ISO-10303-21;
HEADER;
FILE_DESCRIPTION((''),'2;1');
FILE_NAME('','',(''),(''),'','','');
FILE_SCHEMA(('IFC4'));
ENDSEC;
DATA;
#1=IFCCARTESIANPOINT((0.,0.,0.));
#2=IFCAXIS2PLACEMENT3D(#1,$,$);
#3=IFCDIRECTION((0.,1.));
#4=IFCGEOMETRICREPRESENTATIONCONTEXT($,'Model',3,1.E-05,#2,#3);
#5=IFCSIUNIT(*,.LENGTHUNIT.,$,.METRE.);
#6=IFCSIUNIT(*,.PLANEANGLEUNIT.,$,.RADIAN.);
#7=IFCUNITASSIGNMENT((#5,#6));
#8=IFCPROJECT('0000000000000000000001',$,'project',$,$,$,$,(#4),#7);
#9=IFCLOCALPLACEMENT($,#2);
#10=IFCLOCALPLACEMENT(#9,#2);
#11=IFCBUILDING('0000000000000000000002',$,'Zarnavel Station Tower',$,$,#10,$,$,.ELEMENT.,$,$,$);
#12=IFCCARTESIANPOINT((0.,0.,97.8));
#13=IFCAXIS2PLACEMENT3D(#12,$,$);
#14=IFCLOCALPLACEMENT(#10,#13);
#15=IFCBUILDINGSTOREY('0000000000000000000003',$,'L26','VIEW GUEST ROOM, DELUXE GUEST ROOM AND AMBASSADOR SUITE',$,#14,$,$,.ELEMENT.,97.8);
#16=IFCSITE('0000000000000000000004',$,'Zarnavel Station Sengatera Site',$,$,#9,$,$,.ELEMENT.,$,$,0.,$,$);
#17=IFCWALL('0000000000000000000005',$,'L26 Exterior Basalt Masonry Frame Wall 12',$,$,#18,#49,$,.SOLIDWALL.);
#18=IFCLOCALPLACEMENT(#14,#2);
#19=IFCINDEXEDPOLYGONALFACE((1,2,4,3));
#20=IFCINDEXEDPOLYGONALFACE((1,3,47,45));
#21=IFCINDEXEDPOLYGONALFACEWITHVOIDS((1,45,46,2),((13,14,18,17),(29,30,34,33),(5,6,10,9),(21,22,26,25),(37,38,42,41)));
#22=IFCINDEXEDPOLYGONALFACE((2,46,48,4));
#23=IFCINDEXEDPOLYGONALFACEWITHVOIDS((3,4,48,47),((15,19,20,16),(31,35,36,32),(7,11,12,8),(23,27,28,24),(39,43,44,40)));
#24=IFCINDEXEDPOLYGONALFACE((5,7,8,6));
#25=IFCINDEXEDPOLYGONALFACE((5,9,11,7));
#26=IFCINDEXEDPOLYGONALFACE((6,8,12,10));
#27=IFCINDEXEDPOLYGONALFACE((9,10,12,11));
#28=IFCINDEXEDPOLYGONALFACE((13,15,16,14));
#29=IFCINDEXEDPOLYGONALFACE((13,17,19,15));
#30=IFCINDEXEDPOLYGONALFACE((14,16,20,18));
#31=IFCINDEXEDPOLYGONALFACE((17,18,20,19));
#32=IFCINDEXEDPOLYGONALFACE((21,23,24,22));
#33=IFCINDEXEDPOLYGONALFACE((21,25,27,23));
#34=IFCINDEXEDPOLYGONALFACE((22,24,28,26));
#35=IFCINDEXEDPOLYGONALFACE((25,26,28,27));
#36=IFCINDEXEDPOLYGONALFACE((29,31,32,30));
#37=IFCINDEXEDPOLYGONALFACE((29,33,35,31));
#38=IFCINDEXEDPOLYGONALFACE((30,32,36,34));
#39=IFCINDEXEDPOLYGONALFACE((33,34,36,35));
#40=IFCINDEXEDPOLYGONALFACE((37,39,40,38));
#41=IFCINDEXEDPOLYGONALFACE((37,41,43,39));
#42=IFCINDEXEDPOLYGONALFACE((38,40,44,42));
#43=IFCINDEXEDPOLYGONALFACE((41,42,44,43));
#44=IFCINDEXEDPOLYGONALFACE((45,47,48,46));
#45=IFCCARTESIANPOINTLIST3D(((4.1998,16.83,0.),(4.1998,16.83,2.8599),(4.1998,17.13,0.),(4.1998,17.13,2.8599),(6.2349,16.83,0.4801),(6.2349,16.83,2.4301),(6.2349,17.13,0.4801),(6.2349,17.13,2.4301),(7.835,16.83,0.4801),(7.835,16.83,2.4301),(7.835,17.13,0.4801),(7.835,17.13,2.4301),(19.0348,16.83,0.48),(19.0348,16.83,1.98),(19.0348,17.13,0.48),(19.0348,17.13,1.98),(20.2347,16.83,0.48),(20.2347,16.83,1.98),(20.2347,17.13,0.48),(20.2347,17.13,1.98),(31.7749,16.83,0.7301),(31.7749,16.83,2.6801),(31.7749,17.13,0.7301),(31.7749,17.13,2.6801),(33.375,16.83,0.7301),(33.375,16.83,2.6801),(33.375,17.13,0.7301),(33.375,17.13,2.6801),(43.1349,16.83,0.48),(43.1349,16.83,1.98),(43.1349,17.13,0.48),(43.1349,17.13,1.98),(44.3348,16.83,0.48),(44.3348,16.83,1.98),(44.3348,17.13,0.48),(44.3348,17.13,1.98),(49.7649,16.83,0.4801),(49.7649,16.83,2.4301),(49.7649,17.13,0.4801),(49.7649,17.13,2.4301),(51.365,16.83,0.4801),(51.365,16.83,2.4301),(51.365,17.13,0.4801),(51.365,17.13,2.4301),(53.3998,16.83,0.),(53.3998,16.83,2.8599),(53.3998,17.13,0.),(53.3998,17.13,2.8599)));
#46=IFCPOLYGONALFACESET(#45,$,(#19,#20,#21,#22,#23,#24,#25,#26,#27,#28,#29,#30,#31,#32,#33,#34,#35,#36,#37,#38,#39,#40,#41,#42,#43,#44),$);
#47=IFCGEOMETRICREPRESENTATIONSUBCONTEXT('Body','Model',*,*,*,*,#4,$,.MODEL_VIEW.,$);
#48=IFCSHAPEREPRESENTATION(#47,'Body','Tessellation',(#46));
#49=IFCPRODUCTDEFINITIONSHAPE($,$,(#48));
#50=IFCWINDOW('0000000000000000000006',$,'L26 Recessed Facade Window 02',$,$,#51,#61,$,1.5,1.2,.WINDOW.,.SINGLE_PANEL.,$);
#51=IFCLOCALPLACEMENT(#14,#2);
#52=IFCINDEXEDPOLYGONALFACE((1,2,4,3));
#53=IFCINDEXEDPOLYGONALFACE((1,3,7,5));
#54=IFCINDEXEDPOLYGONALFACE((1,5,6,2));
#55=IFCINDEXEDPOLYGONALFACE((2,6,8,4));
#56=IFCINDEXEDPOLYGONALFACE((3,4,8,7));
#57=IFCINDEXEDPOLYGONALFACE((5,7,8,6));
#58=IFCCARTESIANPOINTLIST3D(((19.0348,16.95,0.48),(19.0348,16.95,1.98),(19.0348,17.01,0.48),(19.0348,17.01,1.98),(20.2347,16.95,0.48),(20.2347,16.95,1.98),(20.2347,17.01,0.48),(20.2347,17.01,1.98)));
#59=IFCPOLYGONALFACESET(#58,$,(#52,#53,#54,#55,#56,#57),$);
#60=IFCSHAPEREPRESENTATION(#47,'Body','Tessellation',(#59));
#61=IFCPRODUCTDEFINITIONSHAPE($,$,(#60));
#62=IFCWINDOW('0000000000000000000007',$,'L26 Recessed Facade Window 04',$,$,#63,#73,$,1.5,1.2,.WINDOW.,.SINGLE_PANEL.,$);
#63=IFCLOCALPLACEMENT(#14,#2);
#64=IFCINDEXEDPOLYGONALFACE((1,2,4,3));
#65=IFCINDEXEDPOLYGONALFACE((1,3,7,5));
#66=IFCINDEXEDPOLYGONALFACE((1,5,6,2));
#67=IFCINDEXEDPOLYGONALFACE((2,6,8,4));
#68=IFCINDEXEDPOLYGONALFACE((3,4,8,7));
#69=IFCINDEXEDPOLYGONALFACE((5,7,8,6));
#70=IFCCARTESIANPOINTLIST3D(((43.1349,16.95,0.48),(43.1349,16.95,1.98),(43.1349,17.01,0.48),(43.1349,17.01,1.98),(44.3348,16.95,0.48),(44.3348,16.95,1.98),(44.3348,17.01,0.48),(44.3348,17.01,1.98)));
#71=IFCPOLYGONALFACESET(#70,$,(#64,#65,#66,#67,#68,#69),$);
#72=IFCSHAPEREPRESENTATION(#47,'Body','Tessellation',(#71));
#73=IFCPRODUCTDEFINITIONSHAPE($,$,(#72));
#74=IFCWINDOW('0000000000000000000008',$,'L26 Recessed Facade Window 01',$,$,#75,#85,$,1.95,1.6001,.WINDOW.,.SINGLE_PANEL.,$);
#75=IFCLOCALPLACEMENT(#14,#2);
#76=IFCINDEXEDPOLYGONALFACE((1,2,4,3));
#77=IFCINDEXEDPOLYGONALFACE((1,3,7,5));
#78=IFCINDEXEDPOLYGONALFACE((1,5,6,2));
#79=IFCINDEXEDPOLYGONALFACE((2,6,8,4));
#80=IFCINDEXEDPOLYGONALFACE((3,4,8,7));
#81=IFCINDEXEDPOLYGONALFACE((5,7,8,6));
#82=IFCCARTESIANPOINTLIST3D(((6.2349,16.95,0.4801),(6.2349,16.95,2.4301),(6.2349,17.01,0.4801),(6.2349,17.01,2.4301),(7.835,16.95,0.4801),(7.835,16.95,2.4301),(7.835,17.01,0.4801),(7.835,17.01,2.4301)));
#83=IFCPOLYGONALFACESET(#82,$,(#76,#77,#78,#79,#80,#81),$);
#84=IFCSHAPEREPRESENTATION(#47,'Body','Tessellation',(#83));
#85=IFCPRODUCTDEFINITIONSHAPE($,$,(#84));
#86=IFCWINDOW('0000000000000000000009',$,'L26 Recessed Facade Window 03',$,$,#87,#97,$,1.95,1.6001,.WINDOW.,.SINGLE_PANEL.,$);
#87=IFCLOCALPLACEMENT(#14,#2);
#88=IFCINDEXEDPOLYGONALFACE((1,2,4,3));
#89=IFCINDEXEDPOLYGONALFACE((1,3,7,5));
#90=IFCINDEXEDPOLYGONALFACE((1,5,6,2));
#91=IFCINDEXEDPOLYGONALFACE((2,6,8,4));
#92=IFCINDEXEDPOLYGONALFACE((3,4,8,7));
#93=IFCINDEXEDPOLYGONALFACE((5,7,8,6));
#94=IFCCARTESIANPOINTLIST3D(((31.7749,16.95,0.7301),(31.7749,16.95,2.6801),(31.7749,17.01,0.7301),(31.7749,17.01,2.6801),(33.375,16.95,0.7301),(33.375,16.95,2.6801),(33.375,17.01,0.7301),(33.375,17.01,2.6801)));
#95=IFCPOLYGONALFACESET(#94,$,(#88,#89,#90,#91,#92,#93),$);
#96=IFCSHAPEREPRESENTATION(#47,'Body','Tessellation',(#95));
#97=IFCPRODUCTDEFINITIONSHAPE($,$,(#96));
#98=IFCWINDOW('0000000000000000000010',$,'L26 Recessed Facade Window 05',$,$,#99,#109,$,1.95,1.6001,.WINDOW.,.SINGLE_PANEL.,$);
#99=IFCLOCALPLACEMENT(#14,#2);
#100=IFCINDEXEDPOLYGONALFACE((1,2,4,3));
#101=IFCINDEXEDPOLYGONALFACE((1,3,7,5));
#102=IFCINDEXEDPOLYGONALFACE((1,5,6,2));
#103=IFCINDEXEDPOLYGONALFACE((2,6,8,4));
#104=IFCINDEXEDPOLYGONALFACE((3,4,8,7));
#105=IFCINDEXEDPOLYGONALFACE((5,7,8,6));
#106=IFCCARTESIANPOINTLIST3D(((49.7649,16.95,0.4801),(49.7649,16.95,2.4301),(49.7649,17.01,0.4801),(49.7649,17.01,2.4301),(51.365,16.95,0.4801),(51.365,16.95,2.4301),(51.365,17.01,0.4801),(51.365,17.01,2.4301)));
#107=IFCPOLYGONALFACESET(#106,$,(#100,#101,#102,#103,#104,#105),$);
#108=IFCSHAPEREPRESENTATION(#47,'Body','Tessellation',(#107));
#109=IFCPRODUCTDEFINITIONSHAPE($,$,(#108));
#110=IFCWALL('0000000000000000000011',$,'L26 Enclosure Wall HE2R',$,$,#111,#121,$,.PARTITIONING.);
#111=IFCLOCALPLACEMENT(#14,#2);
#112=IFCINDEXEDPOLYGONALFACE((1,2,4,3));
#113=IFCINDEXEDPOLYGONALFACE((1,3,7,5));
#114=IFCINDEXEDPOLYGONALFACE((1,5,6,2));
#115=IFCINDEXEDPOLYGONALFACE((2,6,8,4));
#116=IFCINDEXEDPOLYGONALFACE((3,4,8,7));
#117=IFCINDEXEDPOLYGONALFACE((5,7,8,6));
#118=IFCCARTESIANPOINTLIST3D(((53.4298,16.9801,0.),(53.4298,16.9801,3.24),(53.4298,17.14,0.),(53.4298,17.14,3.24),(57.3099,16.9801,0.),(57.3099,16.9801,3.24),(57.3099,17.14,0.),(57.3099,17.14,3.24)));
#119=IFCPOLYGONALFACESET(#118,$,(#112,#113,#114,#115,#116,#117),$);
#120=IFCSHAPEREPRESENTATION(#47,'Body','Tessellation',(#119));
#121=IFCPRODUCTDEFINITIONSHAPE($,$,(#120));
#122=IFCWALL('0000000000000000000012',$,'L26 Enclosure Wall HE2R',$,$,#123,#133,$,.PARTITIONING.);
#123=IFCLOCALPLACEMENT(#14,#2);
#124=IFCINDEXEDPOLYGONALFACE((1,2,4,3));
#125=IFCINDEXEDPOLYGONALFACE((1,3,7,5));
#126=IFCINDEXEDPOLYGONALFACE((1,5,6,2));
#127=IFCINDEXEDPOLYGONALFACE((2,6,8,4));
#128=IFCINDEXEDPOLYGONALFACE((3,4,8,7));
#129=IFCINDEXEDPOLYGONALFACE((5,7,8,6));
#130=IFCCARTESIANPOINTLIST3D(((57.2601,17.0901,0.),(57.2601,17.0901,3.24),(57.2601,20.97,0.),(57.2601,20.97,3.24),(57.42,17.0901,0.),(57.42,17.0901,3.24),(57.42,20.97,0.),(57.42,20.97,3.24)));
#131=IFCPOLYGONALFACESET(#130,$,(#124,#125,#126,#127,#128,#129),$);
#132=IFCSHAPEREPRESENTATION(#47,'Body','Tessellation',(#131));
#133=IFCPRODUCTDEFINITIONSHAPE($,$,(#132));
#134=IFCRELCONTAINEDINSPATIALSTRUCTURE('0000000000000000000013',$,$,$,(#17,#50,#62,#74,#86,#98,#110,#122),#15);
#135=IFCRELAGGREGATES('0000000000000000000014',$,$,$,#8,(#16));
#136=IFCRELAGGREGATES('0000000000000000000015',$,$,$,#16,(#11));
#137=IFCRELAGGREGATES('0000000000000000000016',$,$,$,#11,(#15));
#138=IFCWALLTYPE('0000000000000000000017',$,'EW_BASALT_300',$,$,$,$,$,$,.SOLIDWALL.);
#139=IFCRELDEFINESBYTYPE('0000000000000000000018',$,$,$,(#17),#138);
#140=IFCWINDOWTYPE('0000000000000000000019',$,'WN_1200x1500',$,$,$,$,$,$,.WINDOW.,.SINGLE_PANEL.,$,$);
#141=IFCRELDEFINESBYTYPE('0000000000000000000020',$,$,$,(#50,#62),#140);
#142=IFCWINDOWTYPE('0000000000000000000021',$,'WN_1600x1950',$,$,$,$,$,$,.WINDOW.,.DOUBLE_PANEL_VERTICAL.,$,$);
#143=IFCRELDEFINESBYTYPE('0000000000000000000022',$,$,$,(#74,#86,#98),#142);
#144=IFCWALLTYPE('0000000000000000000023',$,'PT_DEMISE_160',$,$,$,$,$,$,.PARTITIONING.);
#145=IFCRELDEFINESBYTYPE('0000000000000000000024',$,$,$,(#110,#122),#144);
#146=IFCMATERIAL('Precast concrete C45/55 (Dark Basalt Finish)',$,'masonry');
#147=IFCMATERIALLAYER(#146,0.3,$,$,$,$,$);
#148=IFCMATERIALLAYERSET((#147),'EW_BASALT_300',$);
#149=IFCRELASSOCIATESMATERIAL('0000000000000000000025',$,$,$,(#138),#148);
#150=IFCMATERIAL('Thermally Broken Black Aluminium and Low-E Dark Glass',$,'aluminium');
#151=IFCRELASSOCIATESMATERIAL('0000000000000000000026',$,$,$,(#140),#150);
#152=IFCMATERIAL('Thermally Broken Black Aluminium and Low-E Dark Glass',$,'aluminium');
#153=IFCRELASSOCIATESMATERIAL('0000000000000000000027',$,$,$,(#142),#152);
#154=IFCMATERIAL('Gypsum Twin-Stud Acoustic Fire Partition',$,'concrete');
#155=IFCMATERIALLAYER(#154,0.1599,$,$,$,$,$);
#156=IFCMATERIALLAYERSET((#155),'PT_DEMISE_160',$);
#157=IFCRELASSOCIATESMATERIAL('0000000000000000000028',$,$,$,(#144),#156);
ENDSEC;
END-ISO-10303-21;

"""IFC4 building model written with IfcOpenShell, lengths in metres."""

from ifc_helpers import new_model, si_unit, direction, frame, frame_2d, origin, place, context, subcontext, project, spatial, rectangle, extrude, material, layer, layer_set, type_object, element, fill, save


model = new_model("IFC4")

# Units and contexts
model_context = context("Model", 3, precision=1e-05, world=origin(), true_north=direction((0.0, 1.0)))
body_context = subcontext(model_context, "Body", "Model", "MODEL_VIEW")
ifc_project = project(units=[si_unit("LENGTHUNIT", "METRE"), si_unit("PLANEANGLEUNIT", "RADIAN")], contexts=[model_context])

# Site, building, storey
site_placement = place(None, origin())
site = spatial("IfcSite", under=ifc_project, at=site_placement, Name="Zarnavel Station Sengatera Site", CompositionType="ELEMENT", RefElevation=0.0)
building_placement = place(site_placement, origin())
building = spatial("IfcBuilding", under=site, at=building_placement, Name="Zarnavel Station Tower", CompositionType="ELEMENT")
storey_placement = place(building_placement, frame((0.0, 0.0, 97.8)))
storey = spatial("IfcBuildingStorey", under=building, at=storey_placement, Name="L26", Description="VIEW GUEST ROOM, DELUXE GUEST ROOM AND AMBASSADOR SUITE", CompositionType="ELEMENT", Elevation=97.8)

# Shared definitions
ifc_material_1 = material(Name="Precast concrete C45/55 (Dark Basalt Finish)", Category="masonry")
ifc_layer_1 = layer(ifc_material_1, 0.3)
ifc_layer_set_1 = layer_set([ifc_layer_1], Name="EW_BASALT_300")
wall_type_1 = type_object("IfcWallType", Name="EW_BASALT_300", PredefinedType="SOLIDWALL", material=ifc_layer_set_1)

# Wall, openings, windows
wall_1_placement = place(storey_placement, frame((53.3999, 16.98, 0.0), z_axis=(0.0, 0.0, 1.0), x_axis=(-1.0, 0.0, 0.0)))
wall_1 = element("IfcWall", 1, at=wall_1_placement, inside=storey, type_object=wall_type_1, Name="L26 Exterior Basalt Masonry Frame Wall 12", PredefinedType="SOLIDWALL", context=body_context, shape_type="SweptSolid", body=[
    extrude(rectangle(XDim=49.2, YDim=0.3, at=frame_2d((24.6001, 0.0))), origin(), (0.0, 0.0, 1.0), 2.8599),
])
opening_1_placement = place(wall_1_placement, frame((45.5649, 0.0, 0.48)))
opening_1 = element("IfcOpeningElement", 2, at=opening_1_placement, cuts=wall_1, PredefinedType="OPENING", context=body_context, shape_type="SweptSolid", body=[
    extrude(rectangle(XDim=1.6001, YDim=1.95, at=frame_2d((0.8, 0.9751))), frame((0.0, 0.1599, 0.0), z_axis=(0.0, -1.0, 0.0), x_axis=(1.0, 0.0, 0.0)), (0.0, 0.0, 1.0), 0.3201),
])
opening_2_placement = place(wall_1_placement, frame((33.165, 0.0, 0.48)))
opening_2 = element("IfcOpeningElement", 3, at=opening_2_placement, cuts=wall_1, PredefinedType="OPENING", context=body_context, shape_type="SweptSolid", body=[
    extrude(rectangle(XDim=1.2, YDim=1.5, at=frame_2d((0.6001, 0.75))), frame((0.0, 0.1599, 0.0), z_axis=(0.0, -1.0, 0.0), x_axis=(1.0, 0.0, 0.0)), (0.0, 0.0, 1.0), 0.3201),
])
opening_3_placement = place(wall_1_placement, frame((20.0249, 0.0, 0.73)))
opening_3 = element("IfcOpeningElement", 4, at=opening_3_placement, cuts=wall_1, PredefinedType="OPENING", context=body_context, shape_type="SweptSolid", body=[
    extrude(rectangle(XDim=1.6001, YDim=1.95, at=frame_2d((0.8, 0.9751))), frame((0.0, 0.1599, 0.0), z_axis=(0.0, -1.0, 0.0), x_axis=(1.0, 0.0, 0.0)), (0.0, 0.0, 1.0), 0.3201),
])
opening_4_placement = place(wall_1_placement, frame((9.0649, 0.0, 0.48)))
opening_4 = element("IfcOpeningElement", 5, at=opening_4_placement, cuts=wall_1, PredefinedType="OPENING", context=body_context, shape_type="SweptSolid", body=[
    extrude(rectangle(XDim=1.2, YDim=1.5, at=frame_2d((0.6001, 0.75))), frame((0.0, 0.1599, 0.0), z_axis=(0.0, -1.0, 0.0), x_axis=(1.0, 0.0, 0.0)), (0.0, 0.0, 1.0), 0.3201),
])
opening_5_placement = place(wall_1_placement, frame((2.0349, 0.0, 0.48)))
opening_5 = element("IfcOpeningElement", 6, at=opening_5_placement, cuts=wall_1, PredefinedType="OPENING", context=body_context, shape_type="SweptSolid", body=[
    extrude(rectangle(XDim=1.6001, YDim=1.95, at=frame_2d((0.8, 0.9751))), frame((0.0, 0.1599, 0.0), z_axis=(0.0, -1.0, 0.0), x_axis=(1.0, 0.0, 0.0)), (0.0, 0.0, 1.0), 0.3201),
])
ifc_material_2 = material(Name="Thermally Broken Black Aluminium and Low-E Dark Glass", Category="aluminium")
window_type_1 = type_object("IfcWindowType", Name="WN_1200x1500", PartitioningType="SINGLE_PANEL", PredefinedType="WINDOW", material=ifc_material_2)
window_1_placement = place(opening_2_placement, origin())
window_1 = element("IfcWindow", 7, at=window_1_placement, inside=storey, type_object=window_type_1, Name="L26 Recessed Facade Window 02", OverallHeight=1.5, OverallWidth=1.2, PartitioningType="SINGLE_PANEL", PredefinedType="WINDOW", context=body_context, shape_type="SweptSolid", body=[
    extrude(rectangle(XDim=1.2, YDim=1.5, at=frame_2d((0.6001, 0.75))), frame((0.0, 0.03, 0.0), z_axis=(0.0, -1.0, 0.0), x_axis=(1.0, 0.0, 0.0)), (0.0, 0.0, 1.0), 0.0601),
])
fill(opening_2, window_1)
window_2_placement = place(opening_4_placement, origin())
window_2 = element("IfcWindow", 8, at=window_2_placement, inside=storey, type_object=window_type_1, Name="L26 Recessed Facade Window 04", OverallHeight=1.5, OverallWidth=1.2, PartitioningType="SINGLE_PANEL", PredefinedType="WINDOW", context=body_context, shape_type="SweptSolid", body=[
    extrude(rectangle(XDim=1.2, YDim=1.5, at=frame_2d((0.6001, 0.75))), frame((0.0, 0.03, 0.0), z_axis=(0.0, -1.0, 0.0), x_axis=(1.0, 0.0, 0.0)), (0.0, 0.0, 1.0), 0.0601),
])
fill(opening_4, window_2)
ifc_material_3 = material(Name="Thermally Broken Black Aluminium and Low-E Dark Glass", Category="aluminium")
window_type_2 = type_object("IfcWindowType", Name="WN_1600x1950", PartitioningType="DOUBLE_PANEL_VERTICAL", PredefinedType="WINDOW", material=ifc_material_3)
window_3_placement = place(opening_1_placement, origin())
window_3 = element("IfcWindow", 9, at=window_3_placement, inside=storey, type_object=window_type_2, Name="L26 Recessed Facade Window 01", OverallHeight=1.95, OverallWidth=1.6001, PartitioningType="SINGLE_PANEL", PredefinedType="WINDOW", context=body_context, shape_type="SweptSolid", body=[
    extrude(rectangle(XDim=1.6001, YDim=1.95, at=frame_2d((0.8, 0.9751))), frame((0.0, 0.03, 0.0), z_axis=(0.0, -1.0, 0.0), x_axis=(1.0, 0.0, 0.0)), (0.0, 0.0, 1.0), 0.0601),
])
fill(opening_1, window_3)
window_4_placement = place(opening_3_placement, origin())
window_4 = element("IfcWindow", 10, at=window_4_placement, inside=storey, type_object=window_type_2, Name="L26 Recessed Facade Window 03", OverallHeight=1.95, OverallWidth=1.6001, PartitioningType="SINGLE_PANEL", PredefinedType="WINDOW", context=body_context, shape_type="SweptSolid", body=[
    extrude(rectangle(XDim=1.6001, YDim=1.95, at=frame_2d((0.8, 0.9751))), frame((0.0, 0.03, 0.0), z_axis=(0.0, -1.0, 0.0), x_axis=(1.0, 0.0, 0.0)), (0.0, 0.0, 1.0), 0.0601),
])
fill(opening_3, window_4)
window_5_placement = place(opening_5_placement, origin())
window_5 = element("IfcWindow", 11, at=window_5_placement, inside=storey, type_object=window_type_2, Name="L26 Recessed Facade Window 05", OverallHeight=1.95, OverallWidth=1.6001, PartitioningType="SINGLE_PANEL", PredefinedType="WINDOW", context=body_context, shape_type="SweptSolid", body=[
    extrude(rectangle(XDim=1.6001, YDim=1.95, at=frame_2d((0.8, 0.9751))), frame((0.0, 0.03, 0.0), z_axis=(0.0, -1.0, 0.0), x_axis=(1.0, 0.0, 0.0)), (0.0, 0.0, 1.0), 0.0601),
])
fill(opening_5, window_5)

# Walls
ifc_material_4 = material(Name="Gypsum Twin-Stud Acoustic Fire Partition", Category="concrete")
ifc_layer_2 = layer(ifc_material_4, 0.1599)
ifc_layer_set_2 = layer_set([ifc_layer_2], Name="PT_DEMISE_160")
wall_type_2 = type_object("IfcWallType", Name="PT_DEMISE_160", PredefinedType="PARTITIONING", material=ifc_layer_set_2)
wall_2_placement = place(storey_placement, frame((53.4299, 17.0601, 0.0), z_axis=(0.0, 0.0, 1.0), x_axis=(1.0, 0.0, 0.0)))
element("IfcWall", 12, at=wall_2_placement, inside=storey, type_object=wall_type_2, Name="L26 Enclosure Wall HE2R", PredefinedType="PARTITIONING", context=body_context, shape_type="SweptSolid", body=[
    extrude(rectangle(XDim=3.8801, YDim=0.1599, at=frame_2d((1.9399, 0.0))), origin(), (0.0, 0.0, 1.0), 3.24),
])
wall_3_placement = place(storey_placement, frame((57.3401, 17.0901, 0.0), z_axis=(0.0, 0.0, 1.0), x_axis=(0.0, 1.0, 0.0)))
element("IfcWall", 13, at=wall_3_placement, inside=storey, type_object=wall_type_2, Name="L26 Enclosure Wall HE2R", PredefinedType="PARTITIONING", context=body_context, shape_type="SweptSolid", body=[
    extrude(rectangle(XDim=3.8799, YDim=0.1599, at=frame_2d((1.9399, 0.0))), origin(), (0.0, 0.0, 1.0), 3.24),
])

save(model, "model.ifc")
